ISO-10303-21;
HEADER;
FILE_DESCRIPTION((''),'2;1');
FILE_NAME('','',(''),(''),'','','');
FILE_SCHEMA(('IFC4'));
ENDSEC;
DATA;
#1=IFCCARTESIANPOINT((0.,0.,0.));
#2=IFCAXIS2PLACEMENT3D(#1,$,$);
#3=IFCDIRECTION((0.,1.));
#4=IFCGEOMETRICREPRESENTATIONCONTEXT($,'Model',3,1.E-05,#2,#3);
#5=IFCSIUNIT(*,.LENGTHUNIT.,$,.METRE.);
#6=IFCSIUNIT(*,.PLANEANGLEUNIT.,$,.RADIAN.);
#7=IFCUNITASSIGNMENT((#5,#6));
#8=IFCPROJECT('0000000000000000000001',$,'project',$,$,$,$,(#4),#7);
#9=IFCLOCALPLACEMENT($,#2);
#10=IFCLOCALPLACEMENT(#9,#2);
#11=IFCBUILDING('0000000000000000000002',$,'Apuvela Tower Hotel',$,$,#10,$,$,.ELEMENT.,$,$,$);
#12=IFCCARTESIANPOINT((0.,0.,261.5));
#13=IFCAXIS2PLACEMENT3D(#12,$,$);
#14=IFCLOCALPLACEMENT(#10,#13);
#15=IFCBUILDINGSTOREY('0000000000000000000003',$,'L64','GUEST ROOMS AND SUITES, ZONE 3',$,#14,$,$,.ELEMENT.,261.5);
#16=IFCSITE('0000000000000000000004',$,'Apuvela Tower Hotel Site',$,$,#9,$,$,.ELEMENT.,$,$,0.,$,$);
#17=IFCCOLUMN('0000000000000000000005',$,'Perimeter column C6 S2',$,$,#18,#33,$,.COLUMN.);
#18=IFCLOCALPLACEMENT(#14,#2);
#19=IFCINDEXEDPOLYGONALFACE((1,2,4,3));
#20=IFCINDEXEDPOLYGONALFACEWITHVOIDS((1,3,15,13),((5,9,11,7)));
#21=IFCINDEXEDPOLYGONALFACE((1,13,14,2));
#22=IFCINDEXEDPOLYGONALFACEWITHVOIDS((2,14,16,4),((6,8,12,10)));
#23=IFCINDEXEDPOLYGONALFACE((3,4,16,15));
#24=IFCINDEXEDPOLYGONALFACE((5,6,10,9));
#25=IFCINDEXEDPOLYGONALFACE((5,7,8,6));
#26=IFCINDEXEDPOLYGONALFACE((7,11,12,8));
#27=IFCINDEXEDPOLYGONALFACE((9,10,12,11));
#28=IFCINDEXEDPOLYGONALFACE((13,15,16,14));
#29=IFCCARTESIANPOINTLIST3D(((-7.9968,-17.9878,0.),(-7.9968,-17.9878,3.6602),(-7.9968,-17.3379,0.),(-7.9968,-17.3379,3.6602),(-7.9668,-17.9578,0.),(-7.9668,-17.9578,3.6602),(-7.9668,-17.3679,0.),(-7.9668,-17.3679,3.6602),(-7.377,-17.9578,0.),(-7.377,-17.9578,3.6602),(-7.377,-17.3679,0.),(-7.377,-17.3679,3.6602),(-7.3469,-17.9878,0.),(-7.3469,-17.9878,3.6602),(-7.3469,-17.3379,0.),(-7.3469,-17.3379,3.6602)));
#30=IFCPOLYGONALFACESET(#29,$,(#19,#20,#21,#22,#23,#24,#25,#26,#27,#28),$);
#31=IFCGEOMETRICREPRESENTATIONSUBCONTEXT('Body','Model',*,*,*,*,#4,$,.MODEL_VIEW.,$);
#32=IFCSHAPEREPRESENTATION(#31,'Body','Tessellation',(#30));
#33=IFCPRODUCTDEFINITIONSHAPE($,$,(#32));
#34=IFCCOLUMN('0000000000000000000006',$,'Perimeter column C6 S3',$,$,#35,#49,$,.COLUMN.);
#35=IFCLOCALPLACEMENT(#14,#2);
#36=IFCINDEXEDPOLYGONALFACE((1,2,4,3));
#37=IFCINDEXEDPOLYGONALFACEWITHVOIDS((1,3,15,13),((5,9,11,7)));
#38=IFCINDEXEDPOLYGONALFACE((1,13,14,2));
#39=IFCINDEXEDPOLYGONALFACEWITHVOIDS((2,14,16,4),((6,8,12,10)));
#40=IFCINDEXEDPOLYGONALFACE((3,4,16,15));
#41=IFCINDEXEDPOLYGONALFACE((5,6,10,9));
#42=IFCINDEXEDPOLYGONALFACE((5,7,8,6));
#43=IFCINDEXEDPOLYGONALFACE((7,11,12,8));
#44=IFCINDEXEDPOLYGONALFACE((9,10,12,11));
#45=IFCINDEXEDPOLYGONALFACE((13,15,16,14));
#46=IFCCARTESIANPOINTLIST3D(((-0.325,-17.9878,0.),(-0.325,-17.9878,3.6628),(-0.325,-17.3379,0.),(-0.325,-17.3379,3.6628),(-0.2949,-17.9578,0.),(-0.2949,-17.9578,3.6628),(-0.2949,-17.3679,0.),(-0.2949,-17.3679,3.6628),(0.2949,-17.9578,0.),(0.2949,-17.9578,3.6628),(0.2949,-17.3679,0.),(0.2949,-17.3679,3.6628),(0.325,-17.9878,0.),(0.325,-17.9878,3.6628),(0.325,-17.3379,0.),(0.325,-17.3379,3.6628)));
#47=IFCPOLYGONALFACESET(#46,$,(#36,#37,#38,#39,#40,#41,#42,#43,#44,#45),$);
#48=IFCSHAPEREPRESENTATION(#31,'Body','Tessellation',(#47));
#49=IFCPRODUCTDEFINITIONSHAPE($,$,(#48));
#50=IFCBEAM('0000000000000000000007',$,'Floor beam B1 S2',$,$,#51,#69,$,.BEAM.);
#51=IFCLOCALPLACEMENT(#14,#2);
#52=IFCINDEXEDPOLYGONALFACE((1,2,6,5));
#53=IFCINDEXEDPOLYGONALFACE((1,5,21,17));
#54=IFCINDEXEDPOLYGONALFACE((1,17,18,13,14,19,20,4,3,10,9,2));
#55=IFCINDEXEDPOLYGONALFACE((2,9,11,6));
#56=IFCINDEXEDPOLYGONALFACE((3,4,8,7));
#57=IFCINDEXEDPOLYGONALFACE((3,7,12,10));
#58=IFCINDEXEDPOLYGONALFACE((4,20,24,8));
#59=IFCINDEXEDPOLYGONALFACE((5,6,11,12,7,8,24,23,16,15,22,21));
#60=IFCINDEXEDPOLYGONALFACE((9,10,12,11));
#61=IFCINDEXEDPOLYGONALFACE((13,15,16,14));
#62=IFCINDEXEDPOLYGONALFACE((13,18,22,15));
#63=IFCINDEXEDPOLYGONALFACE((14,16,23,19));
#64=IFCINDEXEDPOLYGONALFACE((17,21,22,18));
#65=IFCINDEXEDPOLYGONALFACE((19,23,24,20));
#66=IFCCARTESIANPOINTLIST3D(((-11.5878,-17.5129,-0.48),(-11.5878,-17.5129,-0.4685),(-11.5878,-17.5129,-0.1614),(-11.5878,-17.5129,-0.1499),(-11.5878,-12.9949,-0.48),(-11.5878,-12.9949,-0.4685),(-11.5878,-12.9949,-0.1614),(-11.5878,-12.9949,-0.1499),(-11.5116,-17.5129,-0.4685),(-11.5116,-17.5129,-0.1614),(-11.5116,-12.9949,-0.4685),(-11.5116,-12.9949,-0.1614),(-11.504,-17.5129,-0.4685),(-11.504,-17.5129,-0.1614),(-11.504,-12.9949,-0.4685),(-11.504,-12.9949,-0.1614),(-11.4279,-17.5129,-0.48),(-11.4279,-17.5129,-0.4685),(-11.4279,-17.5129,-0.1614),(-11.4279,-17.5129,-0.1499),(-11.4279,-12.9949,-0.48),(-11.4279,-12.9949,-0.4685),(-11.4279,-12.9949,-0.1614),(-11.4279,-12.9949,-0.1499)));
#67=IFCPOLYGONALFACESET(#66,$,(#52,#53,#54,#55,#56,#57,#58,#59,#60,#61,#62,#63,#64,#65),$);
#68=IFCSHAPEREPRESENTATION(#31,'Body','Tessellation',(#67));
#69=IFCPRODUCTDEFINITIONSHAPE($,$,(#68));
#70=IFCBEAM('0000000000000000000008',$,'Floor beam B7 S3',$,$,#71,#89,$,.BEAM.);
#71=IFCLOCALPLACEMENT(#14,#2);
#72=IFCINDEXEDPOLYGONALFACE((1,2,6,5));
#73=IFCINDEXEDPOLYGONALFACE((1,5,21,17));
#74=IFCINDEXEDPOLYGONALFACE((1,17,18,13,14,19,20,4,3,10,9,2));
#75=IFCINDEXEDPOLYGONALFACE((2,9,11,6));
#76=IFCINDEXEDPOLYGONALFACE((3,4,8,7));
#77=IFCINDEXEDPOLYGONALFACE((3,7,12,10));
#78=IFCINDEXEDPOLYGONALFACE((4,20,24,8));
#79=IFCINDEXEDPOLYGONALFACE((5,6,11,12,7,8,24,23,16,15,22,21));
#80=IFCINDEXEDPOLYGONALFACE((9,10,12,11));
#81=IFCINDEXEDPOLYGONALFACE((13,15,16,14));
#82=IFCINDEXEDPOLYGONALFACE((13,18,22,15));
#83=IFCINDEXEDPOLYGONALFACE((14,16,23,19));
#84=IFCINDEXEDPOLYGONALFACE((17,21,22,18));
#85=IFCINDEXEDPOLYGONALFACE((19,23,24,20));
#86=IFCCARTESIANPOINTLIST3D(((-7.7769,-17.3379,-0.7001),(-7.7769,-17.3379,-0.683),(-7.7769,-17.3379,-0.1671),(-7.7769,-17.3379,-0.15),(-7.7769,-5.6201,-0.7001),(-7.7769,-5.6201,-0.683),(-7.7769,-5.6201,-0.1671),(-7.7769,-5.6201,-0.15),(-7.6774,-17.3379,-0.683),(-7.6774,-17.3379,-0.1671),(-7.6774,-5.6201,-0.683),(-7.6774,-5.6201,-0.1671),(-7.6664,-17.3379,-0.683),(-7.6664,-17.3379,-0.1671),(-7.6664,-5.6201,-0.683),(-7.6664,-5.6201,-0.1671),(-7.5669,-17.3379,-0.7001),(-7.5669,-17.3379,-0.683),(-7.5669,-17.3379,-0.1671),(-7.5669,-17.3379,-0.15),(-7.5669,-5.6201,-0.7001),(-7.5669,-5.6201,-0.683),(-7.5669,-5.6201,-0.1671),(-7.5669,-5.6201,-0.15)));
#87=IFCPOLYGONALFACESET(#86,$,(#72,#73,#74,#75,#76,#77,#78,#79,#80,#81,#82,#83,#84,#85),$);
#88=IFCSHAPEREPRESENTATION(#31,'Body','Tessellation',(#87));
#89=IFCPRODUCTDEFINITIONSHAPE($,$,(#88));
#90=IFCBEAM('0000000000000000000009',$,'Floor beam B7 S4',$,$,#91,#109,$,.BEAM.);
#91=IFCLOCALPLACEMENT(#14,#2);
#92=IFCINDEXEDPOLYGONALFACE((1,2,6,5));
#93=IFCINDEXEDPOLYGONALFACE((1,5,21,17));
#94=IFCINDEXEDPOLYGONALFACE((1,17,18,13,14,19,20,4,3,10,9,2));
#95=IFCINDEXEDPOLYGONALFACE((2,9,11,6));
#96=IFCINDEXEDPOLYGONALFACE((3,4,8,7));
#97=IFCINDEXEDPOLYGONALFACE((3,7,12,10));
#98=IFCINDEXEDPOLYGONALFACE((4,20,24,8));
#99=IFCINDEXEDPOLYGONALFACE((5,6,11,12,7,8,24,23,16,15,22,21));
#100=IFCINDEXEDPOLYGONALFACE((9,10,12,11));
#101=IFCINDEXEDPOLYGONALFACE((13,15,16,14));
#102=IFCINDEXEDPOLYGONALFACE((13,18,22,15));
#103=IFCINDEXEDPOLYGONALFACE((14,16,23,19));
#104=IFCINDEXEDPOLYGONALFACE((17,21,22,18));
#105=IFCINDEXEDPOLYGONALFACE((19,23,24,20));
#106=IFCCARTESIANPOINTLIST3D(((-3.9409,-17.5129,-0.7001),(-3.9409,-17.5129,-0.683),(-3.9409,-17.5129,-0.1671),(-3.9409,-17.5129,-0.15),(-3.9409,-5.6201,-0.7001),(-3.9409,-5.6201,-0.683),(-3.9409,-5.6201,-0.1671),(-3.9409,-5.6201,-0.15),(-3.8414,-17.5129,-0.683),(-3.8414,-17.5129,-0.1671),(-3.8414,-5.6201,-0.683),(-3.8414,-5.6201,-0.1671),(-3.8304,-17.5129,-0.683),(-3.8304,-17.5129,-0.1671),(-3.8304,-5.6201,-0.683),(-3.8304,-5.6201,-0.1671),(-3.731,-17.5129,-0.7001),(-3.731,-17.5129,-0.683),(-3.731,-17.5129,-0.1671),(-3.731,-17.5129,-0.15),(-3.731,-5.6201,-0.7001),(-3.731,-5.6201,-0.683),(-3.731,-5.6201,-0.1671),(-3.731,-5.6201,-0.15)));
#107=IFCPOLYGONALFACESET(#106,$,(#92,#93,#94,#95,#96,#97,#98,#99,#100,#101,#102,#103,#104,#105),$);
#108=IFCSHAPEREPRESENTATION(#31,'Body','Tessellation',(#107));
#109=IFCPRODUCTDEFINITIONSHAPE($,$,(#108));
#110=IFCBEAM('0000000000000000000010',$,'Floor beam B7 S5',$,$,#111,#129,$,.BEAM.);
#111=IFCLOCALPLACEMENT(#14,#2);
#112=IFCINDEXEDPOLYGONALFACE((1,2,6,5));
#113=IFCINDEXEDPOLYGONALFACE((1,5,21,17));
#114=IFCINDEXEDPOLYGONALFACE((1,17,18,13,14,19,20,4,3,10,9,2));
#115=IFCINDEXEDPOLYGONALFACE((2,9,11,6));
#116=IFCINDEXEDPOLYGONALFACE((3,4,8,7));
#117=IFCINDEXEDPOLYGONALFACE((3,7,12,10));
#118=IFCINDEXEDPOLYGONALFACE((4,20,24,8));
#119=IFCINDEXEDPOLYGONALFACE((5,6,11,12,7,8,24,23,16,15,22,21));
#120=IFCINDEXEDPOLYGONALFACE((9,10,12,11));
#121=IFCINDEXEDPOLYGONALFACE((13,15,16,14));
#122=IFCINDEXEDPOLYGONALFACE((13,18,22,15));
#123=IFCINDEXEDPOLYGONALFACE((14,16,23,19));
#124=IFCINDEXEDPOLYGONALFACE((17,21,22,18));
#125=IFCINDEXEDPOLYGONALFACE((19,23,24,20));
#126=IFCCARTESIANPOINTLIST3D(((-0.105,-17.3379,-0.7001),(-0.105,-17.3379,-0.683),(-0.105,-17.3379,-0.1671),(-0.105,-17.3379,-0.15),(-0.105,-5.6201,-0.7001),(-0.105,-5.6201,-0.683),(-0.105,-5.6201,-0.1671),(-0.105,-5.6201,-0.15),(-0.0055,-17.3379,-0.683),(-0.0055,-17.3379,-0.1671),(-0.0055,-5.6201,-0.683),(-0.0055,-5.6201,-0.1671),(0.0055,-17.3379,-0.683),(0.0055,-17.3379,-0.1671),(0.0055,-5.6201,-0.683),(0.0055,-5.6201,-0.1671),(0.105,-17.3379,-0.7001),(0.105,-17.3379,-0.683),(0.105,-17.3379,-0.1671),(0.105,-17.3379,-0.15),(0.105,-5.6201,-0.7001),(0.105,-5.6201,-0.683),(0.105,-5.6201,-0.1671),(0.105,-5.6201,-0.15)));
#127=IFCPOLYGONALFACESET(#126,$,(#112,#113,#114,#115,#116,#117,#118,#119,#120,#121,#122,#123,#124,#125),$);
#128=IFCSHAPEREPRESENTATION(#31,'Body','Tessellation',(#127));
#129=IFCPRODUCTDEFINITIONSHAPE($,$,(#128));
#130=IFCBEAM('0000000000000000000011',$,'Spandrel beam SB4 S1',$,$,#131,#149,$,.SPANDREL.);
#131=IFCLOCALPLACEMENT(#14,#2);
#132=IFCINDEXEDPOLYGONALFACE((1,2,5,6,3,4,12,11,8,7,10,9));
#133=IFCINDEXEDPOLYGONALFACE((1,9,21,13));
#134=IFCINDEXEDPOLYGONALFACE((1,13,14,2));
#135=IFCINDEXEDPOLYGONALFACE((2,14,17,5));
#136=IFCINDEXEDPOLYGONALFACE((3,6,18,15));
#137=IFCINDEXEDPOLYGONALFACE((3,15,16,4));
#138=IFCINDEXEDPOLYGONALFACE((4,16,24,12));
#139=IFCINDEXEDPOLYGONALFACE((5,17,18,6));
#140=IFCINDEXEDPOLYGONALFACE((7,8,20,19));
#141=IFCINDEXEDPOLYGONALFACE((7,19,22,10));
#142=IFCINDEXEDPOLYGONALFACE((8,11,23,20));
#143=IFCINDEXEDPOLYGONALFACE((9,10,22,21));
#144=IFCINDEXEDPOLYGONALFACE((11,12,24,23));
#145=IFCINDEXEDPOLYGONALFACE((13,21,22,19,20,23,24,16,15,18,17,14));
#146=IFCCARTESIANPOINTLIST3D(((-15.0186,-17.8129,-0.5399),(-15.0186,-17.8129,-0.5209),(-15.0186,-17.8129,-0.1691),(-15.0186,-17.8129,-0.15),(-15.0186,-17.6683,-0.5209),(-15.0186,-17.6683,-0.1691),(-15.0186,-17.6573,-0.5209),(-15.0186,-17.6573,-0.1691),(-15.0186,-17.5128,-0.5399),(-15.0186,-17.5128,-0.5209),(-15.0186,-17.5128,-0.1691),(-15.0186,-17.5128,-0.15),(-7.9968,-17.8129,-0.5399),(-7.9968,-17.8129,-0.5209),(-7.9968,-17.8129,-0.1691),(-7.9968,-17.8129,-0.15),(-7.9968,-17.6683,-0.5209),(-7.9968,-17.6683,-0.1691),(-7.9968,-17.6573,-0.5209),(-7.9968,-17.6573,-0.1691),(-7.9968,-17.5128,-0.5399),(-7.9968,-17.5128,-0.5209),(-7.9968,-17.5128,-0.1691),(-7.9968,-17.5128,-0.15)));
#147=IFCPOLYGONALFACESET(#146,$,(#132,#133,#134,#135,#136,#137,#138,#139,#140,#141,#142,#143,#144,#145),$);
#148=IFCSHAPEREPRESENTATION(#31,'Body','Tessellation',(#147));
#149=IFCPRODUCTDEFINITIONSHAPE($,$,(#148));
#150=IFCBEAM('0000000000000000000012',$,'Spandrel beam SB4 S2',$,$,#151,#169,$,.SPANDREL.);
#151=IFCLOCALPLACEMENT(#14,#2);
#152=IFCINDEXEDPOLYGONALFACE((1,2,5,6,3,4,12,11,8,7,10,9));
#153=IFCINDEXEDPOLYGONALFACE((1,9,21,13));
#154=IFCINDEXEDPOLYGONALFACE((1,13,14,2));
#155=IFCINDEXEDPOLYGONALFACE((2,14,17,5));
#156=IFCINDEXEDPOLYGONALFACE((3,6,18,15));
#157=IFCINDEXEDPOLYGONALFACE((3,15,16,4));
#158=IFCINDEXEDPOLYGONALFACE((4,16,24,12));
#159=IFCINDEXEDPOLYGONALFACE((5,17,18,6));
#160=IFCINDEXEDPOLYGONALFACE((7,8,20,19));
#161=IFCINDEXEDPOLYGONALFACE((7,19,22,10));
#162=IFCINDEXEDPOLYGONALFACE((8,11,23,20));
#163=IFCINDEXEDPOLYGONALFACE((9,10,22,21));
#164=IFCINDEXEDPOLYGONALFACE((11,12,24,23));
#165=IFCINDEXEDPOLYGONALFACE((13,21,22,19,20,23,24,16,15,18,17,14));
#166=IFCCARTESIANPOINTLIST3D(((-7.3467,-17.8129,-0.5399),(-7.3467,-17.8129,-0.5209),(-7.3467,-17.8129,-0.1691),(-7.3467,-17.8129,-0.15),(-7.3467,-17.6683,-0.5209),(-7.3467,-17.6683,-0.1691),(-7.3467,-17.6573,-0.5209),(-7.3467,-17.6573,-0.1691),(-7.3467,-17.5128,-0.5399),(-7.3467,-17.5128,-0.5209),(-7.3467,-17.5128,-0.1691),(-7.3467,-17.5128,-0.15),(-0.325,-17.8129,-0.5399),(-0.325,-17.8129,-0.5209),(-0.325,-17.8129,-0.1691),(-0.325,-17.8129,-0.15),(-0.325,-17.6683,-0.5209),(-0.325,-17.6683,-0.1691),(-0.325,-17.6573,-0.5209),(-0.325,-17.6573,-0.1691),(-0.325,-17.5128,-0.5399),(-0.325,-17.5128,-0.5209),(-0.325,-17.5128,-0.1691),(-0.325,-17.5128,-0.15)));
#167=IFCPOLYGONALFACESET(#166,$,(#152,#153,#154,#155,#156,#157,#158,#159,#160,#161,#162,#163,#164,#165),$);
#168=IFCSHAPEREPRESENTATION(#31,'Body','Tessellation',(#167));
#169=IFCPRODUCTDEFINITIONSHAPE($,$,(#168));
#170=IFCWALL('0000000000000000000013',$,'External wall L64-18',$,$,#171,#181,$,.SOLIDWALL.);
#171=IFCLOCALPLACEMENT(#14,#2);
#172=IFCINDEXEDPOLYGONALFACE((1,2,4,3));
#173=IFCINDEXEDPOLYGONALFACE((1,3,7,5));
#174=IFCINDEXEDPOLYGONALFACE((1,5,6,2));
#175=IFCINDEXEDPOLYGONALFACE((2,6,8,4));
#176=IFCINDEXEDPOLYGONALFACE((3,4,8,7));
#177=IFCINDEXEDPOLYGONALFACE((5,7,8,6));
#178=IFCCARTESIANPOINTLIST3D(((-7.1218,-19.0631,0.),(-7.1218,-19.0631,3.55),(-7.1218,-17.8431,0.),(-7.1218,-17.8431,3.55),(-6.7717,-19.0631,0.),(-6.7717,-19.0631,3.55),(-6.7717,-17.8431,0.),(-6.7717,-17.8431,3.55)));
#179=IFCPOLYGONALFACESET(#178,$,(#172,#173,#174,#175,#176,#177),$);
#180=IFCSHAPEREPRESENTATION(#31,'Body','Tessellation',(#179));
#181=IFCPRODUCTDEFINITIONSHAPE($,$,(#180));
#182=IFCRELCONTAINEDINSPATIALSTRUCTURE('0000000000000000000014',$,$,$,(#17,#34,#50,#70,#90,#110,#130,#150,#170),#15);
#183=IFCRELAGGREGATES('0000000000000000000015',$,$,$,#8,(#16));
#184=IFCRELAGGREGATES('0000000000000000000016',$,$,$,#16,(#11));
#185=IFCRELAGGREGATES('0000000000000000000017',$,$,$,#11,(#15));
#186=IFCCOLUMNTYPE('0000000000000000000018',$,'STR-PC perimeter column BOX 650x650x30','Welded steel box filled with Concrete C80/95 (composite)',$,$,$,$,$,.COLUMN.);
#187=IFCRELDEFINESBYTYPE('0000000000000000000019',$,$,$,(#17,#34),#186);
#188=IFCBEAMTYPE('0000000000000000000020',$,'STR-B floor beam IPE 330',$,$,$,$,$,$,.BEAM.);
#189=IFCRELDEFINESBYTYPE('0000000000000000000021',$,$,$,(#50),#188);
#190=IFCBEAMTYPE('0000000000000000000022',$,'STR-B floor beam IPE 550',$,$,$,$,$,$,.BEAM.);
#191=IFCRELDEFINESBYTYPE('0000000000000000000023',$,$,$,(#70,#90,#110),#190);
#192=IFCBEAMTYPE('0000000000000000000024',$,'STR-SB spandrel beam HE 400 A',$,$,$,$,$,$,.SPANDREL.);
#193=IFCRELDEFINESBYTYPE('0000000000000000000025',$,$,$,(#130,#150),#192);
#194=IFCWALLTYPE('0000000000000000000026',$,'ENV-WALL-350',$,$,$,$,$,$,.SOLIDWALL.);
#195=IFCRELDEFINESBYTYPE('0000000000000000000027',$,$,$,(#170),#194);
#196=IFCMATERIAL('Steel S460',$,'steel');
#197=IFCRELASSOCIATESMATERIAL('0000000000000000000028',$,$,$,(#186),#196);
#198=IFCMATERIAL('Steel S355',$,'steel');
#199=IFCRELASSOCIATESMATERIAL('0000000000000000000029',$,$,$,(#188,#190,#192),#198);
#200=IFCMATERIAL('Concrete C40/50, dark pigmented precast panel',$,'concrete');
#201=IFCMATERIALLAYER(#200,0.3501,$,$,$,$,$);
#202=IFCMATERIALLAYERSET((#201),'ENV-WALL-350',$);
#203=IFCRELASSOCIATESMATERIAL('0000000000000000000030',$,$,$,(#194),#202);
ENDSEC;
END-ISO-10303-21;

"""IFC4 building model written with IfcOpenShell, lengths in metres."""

from ifc_helpers import new_model, si_unit, direction, frame, frame_2d, origin, origin_2d, place, context, subcontext, project, spatial, rectangle, hollow_rectangle, i_section, extrude, boolean, halfspace, material, layer, layer_set, material_profile, profile_set, type_object, element, save


model = new_model("IFC4")

# Units and contexts
model_context = context("Model", 3, precision=1e-05, world=origin(), true_north=direction((0.0, 1.0)))
body_context = subcontext(model_context, "Body", "Model", "MODEL_VIEW")
ifc_project = project(units=[si_unit("LENGTHUNIT", "METRE"), si_unit("PLANEANGLEUNIT", "RADIAN")], contexts=[model_context])

# Site, building, storey
site_placement = place(None, origin())
site = spatial("IfcSite", under=ifc_project, at=site_placement, Name="Apuvela Tower Hotel Site", CompositionType="ELEMENT", RefElevation=0.0)
building_placement = place(site_placement, origin())
building = spatial("IfcBuilding", under=site, at=building_placement, Name="Apuvela Tower Hotel", CompositionType="ELEMENT")
storey_placement = place(building_placement, frame((0.0, 0.0, 261.5)))
storey = spatial("IfcBuildingStorey", under=building, at=storey_placement, Name="L64", Description="GUEST ROOMS AND SUITES, ZONE 3", CompositionType="ELEMENT", Elevation=261.5)

# Columns
ifc_material_1 = material(Name="Steel S460", Category="steel")
ifc_material_profile_1 = material_profile(ifc_material_1, hollow_rectangle(XDim=0.6499, YDim=0.6499, WallThickness=0.03, at=origin_2d()), Name="BOX 650x650x30")
ifc_material_2 = material(Name="Concrete C80/95", Category="concrete")
ifc_material_profile_2 = material_profile(ifc_material_2, rectangle(XDim=0.5901, YDim=0.5901, at=origin_2d()), Name="Concrete C80/95 infill")
ifc_profile_set_1 = profile_set([ifc_material_profile_1, ifc_material_profile_2], Name="Steel S460")
column_type = type_object("IfcColumnType", Name="STR-PC perimeter column BOX 650x650x30", Description="Welded steel box filled with Concrete C80/95 (composite)", PredefinedType="COLUMN", material=ifc_profile_set_1)
column_1_placement = place(storey_placement, frame((-7.6719, -17.6628, 0.0), z_axis=(0.0, 0.0, 1.0), x_axis=(-1.0, 0.0, 0.0)))
element("IfcColumn", 1, at=column_1_placement, inside=storey, type_object=column_type, Name="Perimeter column C6 S2", PredefinedType="COLUMN", context=body_context, shape_type="SweptSolid", body=[
    boolean("DIFFERENCE", extrude(hollow_rectangle(XDim=0.6499, YDim=0.6499, WallThickness=0.03, at=origin_2d()), origin(), (0.0, 0.0, 1.0), 3.7), halfspace(frame((0.0, 0.0, 3.6602), z_axis=(0.0, 0.0, 1.0), x_axis=(1.0, 0.0, 0.0)), False)),
])
column_2_placement = place(storey_placement, frame((0.0, -17.6628, 0.0), z_axis=(0.0, 0.0, 1.0), x_axis=(-1.0, 0.0, 0.0)))
element("IfcColumn", 2, at=column_2_placement, inside=storey, type_object=column_type, Name="Perimeter column C6 S3", PredefinedType="COLUMN", context=body_context, shape_type="SweptSolid", body=[
    boolean("DIFFERENCE", extrude(hollow_rectangle(XDim=0.6499, YDim=0.6499, WallThickness=0.03, at=origin_2d()), origin(), (0.0, 0.0, 1.0), 3.7), halfspace(frame((0.0, 0.0, 3.6628), z_axis=(0.0, 0.0, 1.0), x_axis=(1.0, 0.0, 0.0)), False)),
])

# Beams
ifc_material_3 = material(Name="Steel S355", Category="steel")
ifc_material_profile_3 = material_profile(ifc_material_3, i_section(OverallWidth=0.1599, OverallDepth=0.3301, WebThickness=0.0076, FlangeThickness=0.0115, at=origin_2d()), Name="IPE 330")
ifc_profile_set_2 = profile_set([ifc_material_profile_3], Name="Steel S355")
beam_type_1 = type_object("IfcBeamType", Name="STR-B floor beam IPE 330", PredefinedType="BEAM", material=ifc_profile_set_2)
beam_1_placement = place(storey_placement, frame((-11.5078, -17.5129, -0.3149), z_axis=(0.0, 1.0, 0.0), x_axis=(-1.0, 0.0, 0.0)))
element("IfcBeam", 3, at=beam_1_placement, inside=storey, type_object=beam_type_1, Name="Floor beam B1 S2", PredefinedType="BEAM", context=body_context, shape_type="SweptSolid", body=[
    extrude(i_section(OverallWidth=0.1599, OverallDepth=0.3301, WebThickness=0.0076, FlangeThickness=0.0115, at=origin_2d()), origin(), (0.0, 0.0, 1.0), 4.5181),
])
ifc_material_profile_4 = material_profile(ifc_material_3, i_section(OverallWidth=0.21, OverallDepth=0.55, WebThickness=0.011, FlangeThickness=0.0171, at=origin_2d()), Name="IPE 550")
ifc_profile_set_3 = profile_set([ifc_material_profile_4], Name="Steel S355")
beam_type_2 = type_object("IfcBeamType", Name="STR-B floor beam IPE 550", PredefinedType="BEAM", material=ifc_profile_set_3)
beam_2_placement = place(storey_placement, frame((-7.6719, -17.3379, -0.425), z_axis=(0.0, 1.0, 0.0), x_axis=(-1.0, 0.0, 0.0)))
element("IfcBeam", 4, at=beam_2_placement, inside=storey, type_object=beam_type_2, Name="Floor beam B7 S3", PredefinedType="BEAM", context=body_context, shape_type="SweptSolid", body=[
    extrude(i_section(OverallWidth=0.21, OverallDepth=0.55, WebThickness=0.011, FlangeThickness=0.0171, at=origin_2d()), origin(), (0.0, 0.0, 1.0), 11.7178),
])
beam_3_placement = place(storey_placement, frame((-3.8359, -17.5129, -0.425), z_axis=(0.0, 1.0, 0.0), x_axis=(-1.0, 0.0, 0.0)))
element("IfcBeam", 5, at=beam_3_placement, inside=storey, type_object=beam_type_2, Name="Floor beam B7 S4", PredefinedType="BEAM", context=body_context, shape_type="SweptSolid", body=[
    extrude(i_section(OverallWidth=0.21, OverallDepth=0.55, WebThickness=0.011, FlangeThickness=0.0171, at=origin_2d()), origin(), (0.0, 0.0, 1.0), 11.8928),
])
beam_4_placement = place(storey_placement, frame((0.0, -17.3379, -0.425), z_axis=(0.0, 1.0, 0.0), x_axis=(-1.0, 0.0, 0.0)))
element("IfcBeam", 6, at=beam_4_placement, inside=storey, type_object=beam_type_2, Name="Floor beam B7 S5", PredefinedType="BEAM", context=body_context, shape_type="SweptSolid", body=[
    extrude(i_section(OverallWidth=0.21, OverallDepth=0.55, WebThickness=0.011, FlangeThickness=0.0171, at=origin_2d()), origin(), (0.0, 0.0, 1.0), 11.7178),
])
ifc_material_profile_5 = material_profile(ifc_material_3, i_section(OverallWidth=0.3, OverallDepth=0.3899, WebThickness=0.011, FlangeThickness=0.019, at=origin_2d()), Name="HE 400 A")
ifc_profile_set_4 = profile_set([ifc_material_profile_5], Name="Steel S355")
beam_type_3 = type_object("IfcBeamType", Name="STR-SB spandrel beam HE 400 A", PredefinedType="SPANDREL", material=ifc_profile_set_4)
for number, where, z_axis, x_axis, name in (
    (7, (-15.0186, -17.6628, -0.345), (1.0, 0.0, 0.0), (0.0, 1.0, 0.0), "Spandrel beam SB4 S1"),
    (8, (-7.3467, -17.6628, -0.345), (1.0, 0.0, 0.0), (0.0, 1.0, 0.0), "Spandrel beam SB4 S2"),
):
    element("IfcBeam", number, at=place(storey_placement, frame(where, z_axis=z_axis, x_axis=x_axis)), inside=storey, type_object=beam_type_3, Name=name, PredefinedType="SPANDREL", context=body_context, shape_type="SweptSolid", body=[
        extrude(i_section(OverallWidth=0.3, OverallDepth=0.3899, WebThickness=0.011, FlangeThickness=0.019, at=origin_2d()), origin(), (0.0, 0.0, 1.0), 7.0217),
    ])

# Wall
ifc_material_4 = material(Name="Concrete C40/50, dark pigmented precast panel", Category="concrete")
ifc_layer_1 = layer(ifc_material_4, 0.3501)
ifc_layer_set_1 = layer_set([ifc_layer_1], Name="ENV-WALL-350")
wall_type_1 = type_object("IfcWallType", Name="ENV-WALL-350", PredefinedType="SOLIDWALL", material=ifc_layer_set_1)
wall_1_placement = place(storey_placement, frame((-6.9468, -19.063, 0.0), z_axis=(0.0, 0.0, 1.0), x_axis=(0.0, 1.0, 0.0)))
element("IfcWall", 9, at=wall_1_placement, inside=storey, type_object=wall_type_1, Name="External wall L64-18", PredefinedType="SOLIDWALL", context=body_context, shape_type="SweptSolid", body=[
    extrude(rectangle(XDim=1.22, YDim=0.3501, at=frame_2d((0.6099, 0.0))), origin(), (0.0, 0.0, 1.0), 3.55),
])

save(model, "model.ifc")
